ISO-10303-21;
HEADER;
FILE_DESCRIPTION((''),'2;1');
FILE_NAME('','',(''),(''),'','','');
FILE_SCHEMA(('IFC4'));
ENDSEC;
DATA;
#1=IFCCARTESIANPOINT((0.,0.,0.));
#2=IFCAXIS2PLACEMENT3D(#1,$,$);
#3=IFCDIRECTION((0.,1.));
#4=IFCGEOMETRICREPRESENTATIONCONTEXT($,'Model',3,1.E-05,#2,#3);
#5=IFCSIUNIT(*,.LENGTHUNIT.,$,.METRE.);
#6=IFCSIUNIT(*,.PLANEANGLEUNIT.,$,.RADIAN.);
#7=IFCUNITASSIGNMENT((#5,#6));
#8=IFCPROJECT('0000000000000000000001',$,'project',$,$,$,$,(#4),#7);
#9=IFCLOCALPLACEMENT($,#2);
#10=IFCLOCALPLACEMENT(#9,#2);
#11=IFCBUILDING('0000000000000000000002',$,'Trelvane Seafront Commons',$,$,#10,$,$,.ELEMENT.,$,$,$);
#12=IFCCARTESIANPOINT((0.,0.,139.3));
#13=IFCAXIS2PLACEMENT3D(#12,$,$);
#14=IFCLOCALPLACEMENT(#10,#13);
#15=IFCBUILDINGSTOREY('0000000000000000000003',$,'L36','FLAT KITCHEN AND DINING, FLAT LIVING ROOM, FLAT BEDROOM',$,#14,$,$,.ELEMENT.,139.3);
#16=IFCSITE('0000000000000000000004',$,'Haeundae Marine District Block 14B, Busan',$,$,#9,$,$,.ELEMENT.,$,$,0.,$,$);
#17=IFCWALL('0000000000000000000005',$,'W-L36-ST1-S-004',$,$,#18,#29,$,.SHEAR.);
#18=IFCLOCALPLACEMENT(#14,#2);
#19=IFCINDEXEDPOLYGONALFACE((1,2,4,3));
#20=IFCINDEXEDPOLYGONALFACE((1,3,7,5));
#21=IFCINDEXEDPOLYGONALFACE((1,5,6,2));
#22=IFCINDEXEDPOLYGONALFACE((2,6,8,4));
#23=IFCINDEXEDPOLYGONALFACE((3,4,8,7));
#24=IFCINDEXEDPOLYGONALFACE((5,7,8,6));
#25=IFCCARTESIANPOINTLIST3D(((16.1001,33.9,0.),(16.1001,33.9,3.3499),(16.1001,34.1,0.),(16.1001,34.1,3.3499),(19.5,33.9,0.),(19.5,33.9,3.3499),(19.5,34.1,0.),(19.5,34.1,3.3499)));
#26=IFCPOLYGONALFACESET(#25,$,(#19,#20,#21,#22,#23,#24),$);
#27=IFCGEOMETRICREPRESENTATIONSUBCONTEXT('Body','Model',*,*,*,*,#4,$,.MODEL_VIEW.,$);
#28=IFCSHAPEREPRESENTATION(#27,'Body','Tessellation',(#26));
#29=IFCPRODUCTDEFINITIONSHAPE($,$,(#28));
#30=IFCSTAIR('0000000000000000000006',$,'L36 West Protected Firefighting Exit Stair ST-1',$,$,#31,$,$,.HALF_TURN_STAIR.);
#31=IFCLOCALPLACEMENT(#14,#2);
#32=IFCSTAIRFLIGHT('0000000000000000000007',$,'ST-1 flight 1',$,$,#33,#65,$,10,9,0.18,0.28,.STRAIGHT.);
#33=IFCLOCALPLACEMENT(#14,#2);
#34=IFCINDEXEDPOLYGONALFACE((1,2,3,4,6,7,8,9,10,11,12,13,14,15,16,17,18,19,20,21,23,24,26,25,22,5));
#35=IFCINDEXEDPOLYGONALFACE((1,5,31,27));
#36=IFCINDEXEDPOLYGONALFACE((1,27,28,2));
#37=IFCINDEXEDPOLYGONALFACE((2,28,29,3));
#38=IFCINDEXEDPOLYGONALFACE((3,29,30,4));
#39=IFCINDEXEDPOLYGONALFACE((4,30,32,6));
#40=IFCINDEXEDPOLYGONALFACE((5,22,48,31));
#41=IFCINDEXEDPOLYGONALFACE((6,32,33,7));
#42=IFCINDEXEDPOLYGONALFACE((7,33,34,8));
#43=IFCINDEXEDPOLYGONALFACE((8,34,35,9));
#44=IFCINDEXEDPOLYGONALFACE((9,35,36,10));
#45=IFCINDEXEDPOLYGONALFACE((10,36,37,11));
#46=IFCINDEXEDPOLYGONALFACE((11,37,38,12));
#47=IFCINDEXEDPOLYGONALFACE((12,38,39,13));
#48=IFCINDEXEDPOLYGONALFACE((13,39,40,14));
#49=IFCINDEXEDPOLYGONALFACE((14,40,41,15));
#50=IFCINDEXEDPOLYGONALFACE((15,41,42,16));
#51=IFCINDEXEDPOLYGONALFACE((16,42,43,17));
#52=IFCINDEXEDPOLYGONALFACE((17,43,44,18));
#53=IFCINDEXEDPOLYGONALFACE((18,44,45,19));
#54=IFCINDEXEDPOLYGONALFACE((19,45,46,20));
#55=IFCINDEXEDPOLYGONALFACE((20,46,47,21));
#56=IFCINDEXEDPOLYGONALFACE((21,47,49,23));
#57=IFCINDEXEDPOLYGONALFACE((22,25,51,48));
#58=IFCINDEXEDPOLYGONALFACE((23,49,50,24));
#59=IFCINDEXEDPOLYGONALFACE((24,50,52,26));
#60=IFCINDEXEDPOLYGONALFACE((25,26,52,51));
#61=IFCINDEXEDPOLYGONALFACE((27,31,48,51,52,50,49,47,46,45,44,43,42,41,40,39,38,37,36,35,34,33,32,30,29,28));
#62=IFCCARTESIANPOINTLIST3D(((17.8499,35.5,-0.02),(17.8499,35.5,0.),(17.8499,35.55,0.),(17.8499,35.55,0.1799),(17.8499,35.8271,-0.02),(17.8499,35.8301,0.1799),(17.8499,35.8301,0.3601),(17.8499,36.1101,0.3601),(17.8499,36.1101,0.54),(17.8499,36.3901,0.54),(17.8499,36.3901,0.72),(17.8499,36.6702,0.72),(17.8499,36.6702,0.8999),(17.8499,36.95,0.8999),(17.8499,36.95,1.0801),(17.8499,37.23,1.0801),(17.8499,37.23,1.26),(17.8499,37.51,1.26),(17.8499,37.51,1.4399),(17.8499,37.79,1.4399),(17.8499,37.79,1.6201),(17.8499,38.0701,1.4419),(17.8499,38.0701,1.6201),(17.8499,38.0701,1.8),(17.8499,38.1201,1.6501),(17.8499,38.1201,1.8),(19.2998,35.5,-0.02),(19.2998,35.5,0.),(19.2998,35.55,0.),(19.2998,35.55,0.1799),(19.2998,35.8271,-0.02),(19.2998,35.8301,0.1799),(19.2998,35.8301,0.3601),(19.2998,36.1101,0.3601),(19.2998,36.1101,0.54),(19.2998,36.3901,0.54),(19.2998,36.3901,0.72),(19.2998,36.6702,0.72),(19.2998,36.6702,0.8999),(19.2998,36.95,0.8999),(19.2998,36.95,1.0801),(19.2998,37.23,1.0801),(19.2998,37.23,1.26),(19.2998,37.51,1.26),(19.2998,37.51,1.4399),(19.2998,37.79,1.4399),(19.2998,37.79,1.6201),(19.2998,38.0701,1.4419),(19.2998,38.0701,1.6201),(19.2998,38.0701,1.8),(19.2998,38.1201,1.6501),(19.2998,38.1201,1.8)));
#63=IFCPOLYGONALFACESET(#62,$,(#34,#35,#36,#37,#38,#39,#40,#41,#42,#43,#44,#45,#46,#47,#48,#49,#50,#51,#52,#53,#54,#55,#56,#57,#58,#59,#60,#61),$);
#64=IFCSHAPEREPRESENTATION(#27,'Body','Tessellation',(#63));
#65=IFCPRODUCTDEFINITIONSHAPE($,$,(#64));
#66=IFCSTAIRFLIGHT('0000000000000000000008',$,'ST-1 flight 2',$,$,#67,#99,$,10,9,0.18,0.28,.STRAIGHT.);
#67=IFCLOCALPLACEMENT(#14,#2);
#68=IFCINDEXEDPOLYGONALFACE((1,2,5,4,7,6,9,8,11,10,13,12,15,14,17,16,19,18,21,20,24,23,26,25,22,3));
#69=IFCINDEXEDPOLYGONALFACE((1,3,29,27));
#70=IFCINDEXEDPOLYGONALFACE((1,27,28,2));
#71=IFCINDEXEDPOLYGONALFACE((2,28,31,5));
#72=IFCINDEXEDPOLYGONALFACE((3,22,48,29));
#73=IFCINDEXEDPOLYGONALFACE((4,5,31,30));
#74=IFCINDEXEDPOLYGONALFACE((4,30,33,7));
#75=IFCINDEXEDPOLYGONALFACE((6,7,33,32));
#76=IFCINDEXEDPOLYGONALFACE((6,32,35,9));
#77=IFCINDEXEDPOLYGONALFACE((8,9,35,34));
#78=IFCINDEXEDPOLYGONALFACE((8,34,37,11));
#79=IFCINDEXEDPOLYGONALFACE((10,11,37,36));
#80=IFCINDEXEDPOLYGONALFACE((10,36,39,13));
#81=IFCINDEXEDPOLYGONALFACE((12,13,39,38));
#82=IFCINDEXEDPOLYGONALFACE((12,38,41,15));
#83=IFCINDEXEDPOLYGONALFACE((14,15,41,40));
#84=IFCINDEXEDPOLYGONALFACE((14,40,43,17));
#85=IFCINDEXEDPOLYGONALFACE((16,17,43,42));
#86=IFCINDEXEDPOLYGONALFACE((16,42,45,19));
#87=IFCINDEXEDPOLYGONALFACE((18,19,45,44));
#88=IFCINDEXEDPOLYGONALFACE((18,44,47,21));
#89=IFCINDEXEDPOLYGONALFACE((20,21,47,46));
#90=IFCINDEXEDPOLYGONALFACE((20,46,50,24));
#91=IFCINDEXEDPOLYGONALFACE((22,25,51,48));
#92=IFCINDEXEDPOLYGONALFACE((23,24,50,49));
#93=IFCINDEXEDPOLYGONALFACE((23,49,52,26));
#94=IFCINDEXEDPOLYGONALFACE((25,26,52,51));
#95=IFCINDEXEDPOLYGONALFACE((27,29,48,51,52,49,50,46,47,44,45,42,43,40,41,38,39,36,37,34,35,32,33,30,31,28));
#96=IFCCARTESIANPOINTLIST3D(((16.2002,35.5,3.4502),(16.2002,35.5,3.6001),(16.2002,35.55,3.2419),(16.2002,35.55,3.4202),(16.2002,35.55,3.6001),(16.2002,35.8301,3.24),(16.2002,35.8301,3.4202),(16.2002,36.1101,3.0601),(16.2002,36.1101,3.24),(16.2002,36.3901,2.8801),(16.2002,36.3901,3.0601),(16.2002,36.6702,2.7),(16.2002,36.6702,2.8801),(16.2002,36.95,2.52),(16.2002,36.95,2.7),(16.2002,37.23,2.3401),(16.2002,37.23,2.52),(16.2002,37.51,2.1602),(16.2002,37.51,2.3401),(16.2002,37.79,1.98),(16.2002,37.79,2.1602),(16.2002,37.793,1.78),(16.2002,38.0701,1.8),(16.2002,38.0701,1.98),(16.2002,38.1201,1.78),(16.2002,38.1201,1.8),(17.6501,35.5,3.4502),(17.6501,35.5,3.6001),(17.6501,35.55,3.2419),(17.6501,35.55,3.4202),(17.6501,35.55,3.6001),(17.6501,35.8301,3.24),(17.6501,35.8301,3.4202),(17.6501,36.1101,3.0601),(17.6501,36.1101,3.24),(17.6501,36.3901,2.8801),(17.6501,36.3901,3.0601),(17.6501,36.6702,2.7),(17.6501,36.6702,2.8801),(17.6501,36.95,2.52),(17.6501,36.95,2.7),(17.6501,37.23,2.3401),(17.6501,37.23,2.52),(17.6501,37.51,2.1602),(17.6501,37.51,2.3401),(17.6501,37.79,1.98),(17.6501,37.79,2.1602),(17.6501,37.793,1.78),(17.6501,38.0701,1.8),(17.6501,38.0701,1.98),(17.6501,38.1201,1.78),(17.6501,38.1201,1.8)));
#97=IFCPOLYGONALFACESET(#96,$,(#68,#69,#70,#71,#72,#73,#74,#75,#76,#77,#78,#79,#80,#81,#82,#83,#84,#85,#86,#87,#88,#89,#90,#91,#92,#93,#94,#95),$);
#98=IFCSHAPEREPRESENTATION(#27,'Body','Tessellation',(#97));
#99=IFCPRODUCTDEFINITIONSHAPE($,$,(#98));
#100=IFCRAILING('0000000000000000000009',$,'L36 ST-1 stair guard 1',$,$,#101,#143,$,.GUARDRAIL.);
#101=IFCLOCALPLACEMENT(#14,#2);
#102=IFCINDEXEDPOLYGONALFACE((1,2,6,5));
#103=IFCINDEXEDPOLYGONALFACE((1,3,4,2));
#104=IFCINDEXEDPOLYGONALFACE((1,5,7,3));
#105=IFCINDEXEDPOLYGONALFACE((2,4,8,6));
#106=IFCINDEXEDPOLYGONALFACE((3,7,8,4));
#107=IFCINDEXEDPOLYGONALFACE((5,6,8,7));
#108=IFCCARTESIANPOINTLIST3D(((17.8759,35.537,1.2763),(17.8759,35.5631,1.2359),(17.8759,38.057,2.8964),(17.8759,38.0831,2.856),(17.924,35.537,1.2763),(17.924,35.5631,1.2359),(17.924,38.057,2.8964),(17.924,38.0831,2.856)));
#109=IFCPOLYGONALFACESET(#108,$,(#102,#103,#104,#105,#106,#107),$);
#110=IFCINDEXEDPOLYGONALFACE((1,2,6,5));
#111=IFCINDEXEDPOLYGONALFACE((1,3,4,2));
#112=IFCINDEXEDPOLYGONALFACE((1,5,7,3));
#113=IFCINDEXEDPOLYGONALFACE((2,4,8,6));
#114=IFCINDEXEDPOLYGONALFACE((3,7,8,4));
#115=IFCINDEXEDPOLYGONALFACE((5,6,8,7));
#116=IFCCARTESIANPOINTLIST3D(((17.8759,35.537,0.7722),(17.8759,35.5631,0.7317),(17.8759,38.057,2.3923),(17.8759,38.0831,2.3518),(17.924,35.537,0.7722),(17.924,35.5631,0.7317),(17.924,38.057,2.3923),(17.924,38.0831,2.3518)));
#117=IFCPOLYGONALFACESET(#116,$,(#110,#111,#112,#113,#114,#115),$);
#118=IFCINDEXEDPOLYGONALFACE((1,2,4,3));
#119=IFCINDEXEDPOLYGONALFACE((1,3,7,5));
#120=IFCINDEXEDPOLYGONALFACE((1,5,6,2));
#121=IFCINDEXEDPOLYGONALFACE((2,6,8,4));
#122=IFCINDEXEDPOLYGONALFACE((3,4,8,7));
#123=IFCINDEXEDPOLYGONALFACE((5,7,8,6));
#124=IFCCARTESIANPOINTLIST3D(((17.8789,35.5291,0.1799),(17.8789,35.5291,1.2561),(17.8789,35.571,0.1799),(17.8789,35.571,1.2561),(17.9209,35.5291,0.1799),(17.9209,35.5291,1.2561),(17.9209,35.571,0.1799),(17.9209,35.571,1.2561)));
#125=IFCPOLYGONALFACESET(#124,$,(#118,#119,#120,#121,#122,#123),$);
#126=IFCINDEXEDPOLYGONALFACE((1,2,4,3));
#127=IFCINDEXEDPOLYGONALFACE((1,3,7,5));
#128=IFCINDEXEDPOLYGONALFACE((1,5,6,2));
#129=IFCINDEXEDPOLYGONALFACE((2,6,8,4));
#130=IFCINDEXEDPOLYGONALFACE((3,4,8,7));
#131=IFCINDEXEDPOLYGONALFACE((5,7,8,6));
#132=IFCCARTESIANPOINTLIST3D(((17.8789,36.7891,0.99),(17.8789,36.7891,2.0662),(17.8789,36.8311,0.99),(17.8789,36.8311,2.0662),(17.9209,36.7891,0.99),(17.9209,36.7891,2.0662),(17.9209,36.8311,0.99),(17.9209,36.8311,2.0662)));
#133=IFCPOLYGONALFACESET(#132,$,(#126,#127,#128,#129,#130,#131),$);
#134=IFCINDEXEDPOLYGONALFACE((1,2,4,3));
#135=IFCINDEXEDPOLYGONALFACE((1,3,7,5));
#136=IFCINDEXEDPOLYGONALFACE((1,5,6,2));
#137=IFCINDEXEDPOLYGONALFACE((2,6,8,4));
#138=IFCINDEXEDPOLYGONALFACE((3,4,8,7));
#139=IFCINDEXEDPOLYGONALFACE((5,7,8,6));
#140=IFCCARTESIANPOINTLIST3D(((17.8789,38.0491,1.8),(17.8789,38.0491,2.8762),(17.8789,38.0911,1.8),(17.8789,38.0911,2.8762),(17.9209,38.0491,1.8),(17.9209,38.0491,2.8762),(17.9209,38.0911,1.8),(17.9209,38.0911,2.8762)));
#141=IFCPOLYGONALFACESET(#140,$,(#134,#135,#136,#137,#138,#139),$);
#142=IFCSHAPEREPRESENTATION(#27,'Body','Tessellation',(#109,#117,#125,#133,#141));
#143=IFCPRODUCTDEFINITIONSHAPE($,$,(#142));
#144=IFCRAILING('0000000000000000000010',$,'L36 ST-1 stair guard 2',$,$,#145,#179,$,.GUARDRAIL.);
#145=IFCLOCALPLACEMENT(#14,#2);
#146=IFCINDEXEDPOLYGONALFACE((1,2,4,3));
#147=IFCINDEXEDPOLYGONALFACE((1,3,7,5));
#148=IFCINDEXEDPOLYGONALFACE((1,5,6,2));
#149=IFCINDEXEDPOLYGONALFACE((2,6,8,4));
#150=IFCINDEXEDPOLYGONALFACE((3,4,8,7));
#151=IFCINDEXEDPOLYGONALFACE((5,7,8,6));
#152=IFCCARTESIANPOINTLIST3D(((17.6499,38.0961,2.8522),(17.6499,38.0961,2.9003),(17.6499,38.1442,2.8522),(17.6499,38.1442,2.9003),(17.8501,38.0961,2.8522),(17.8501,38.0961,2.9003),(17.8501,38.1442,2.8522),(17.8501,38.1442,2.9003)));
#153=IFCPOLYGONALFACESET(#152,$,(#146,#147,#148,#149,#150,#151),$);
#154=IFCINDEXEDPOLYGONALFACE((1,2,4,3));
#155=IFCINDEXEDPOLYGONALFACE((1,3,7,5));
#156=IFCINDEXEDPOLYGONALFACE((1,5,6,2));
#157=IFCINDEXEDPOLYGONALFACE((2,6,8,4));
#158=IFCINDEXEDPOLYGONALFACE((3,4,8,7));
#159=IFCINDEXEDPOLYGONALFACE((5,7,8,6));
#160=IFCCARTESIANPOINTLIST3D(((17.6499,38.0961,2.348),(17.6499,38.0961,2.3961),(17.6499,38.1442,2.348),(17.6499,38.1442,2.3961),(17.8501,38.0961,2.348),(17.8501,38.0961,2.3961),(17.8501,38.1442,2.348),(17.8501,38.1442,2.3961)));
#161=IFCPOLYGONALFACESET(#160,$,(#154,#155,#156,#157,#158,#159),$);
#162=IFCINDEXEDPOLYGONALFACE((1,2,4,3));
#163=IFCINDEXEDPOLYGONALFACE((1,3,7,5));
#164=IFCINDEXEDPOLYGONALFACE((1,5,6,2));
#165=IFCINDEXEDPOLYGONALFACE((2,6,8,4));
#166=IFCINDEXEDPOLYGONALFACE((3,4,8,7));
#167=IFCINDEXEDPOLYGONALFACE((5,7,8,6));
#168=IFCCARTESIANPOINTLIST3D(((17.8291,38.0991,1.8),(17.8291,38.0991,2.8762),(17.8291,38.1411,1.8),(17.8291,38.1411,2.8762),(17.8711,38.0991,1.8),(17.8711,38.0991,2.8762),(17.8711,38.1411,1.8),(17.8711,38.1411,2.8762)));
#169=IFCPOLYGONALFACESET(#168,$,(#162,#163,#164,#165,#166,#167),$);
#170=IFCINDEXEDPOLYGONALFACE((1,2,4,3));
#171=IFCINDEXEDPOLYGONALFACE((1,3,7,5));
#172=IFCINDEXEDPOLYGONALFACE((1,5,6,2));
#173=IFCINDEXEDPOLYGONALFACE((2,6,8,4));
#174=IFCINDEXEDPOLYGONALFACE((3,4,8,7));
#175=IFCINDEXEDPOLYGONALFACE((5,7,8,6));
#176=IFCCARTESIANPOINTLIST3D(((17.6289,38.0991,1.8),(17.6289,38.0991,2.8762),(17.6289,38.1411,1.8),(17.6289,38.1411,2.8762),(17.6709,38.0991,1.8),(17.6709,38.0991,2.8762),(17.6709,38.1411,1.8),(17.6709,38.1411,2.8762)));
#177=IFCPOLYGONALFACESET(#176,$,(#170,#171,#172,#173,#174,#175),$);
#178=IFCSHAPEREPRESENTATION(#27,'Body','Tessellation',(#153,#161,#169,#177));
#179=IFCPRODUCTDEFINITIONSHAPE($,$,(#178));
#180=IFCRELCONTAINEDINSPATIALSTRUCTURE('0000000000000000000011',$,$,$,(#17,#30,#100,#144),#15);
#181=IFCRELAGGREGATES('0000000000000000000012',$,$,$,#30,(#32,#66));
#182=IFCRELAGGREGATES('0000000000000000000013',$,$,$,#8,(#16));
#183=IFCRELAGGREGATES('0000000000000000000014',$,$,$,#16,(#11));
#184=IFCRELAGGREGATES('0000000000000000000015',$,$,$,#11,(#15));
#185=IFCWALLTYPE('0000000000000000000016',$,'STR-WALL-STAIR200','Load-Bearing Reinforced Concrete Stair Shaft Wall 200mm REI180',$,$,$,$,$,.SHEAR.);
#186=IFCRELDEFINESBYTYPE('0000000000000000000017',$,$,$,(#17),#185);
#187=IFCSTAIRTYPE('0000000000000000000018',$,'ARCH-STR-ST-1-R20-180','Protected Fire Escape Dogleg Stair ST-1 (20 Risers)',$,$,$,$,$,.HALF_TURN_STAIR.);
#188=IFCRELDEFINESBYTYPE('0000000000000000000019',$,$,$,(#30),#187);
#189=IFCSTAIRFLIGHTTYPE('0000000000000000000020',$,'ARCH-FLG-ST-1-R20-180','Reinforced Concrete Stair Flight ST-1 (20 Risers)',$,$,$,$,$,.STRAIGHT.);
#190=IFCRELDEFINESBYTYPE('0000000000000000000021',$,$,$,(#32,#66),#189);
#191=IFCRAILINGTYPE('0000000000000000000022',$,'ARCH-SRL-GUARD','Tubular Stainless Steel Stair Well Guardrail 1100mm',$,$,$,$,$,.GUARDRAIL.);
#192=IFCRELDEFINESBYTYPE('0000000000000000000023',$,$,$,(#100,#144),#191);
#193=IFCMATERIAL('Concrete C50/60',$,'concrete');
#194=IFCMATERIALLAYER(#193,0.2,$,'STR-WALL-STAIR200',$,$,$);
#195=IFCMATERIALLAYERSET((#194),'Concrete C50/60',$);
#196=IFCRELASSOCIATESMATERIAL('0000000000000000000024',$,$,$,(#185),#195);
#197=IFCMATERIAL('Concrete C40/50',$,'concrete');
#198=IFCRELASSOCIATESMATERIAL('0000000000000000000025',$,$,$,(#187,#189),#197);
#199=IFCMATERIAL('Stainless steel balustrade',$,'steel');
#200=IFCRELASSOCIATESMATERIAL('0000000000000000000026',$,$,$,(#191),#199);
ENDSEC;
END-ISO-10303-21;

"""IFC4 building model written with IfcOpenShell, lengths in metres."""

from ifc_helpers import new_model, si_unit, direction, frame, frame_2d, origin, origin_2d, place, context, subcontext, project, spatial, polyline, rectangle, outline, extrude, source, transform, mapped, material, layer, layer_set, type_object, element, aggregate, save


model = new_model("IFC4")

# Units and contexts
model_context = context("Model", 3, precision=1e-05, world=origin(), true_north=direction((0.0, 1.0)))
body_context = subcontext(model_context, "Body", "Model", "MODEL_VIEW")
ifc_project = project(units=[si_unit("LENGTHUNIT", "METRE"), si_unit("PLANEANGLEUNIT", "RADIAN")], contexts=[model_context])

# Site, building, storey
site_placement = place(None, origin())
site = spatial("IfcSite", under=ifc_project, at=site_placement, Name="Haeundae Marine District Block 14B, Busan", CompositionType="ELEMENT", RefElevation=0.0)
building_placement = place(site_placement, origin())
building = spatial("IfcBuilding", under=site, at=building_placement, Name="Trelvane Seafront Commons", CompositionType="ELEMENT")
storey_placement = place(building_placement, frame((0.0, 0.0, 139.3)))
storey = spatial("IfcBuildingStorey", under=building, at=storey_placement, Name="L36", Description="FLAT KITCHEN AND DINING, FLAT LIVING ROOM, FLAT BEDROOM", CompositionType="ELEMENT", Elevation=139.3)

# Shared definitions
ifc_material_1 = material(Name="Concrete C40/50", Category="concrete")
ifc_material_2 = material(Name="Stainless steel balustrade", Category="steel")

# Wall
ifc_material_3 = material(Name="Concrete C50/60", Category="concrete")
ifc_layer_1 = layer(ifc_material_3, 0.2, Name="STR-WALL-STAIR200")
ifc_layer_set_1 = layer_set([ifc_layer_1], Name="Concrete C50/60")
wall_type_1 = type_object("IfcWallType", Name="STR-WALL-STAIR200", Description="Load-Bearing Reinforced Concrete Stair Shaft Wall 200mm REI180", PredefinedType="SHEAR", material=ifc_layer_set_1)
wall_1_placement = place(storey_placement, frame((16.1001, 34.0, 0.0), z_axis=(0.0, 0.0, 1.0), x_axis=(1.0, 0.0, 0.0)))
element("IfcWall", 1, at=wall_1_placement, inside=storey, type_object=wall_type_1, Name="W-L36-ST1-S-004", PredefinedType="SHEAR", context=body_context, shape_type="SweptSolid", body=[
    extrude(rectangle(XDim=3.3999, YDim=0.2, at=frame_2d((1.7, 0.0))), origin(), (0.0, 0.0, 1.0), 3.3499),
])

# Stair, stair flights
stair_type = type_object("IfcStairType", Name="ARCH-STR-ST-1-R20-180", Description="Protected Fire Escape Dogleg Stair ST-1 (20 Risers)", PredefinedType="HALF_TURN_STAIR", material=ifc_material_1)
stair_placement = place(storey_placement, origin())
stair = element("IfcStair", 2, at=stair_placement, inside=storey, type_object=stair_type, Name="L36 West Protected Firefighting Exit Stair ST-1", PredefinedType="HALF_TURN_STAIR")
stair_flight_type = type_object("IfcStairFlightType", Name="ARCH-FLG-ST-1-R20-180", Description="Reinforced Concrete Stair Flight ST-1 (20 Risers)", PredefinedType="STRAIGHT", material=ifc_material_1)
shared_shape_1 = source(origin(), body_context, "Body", "SweptSolid", [
    extrude(outline(polyline([(-0.05, -0.02), (-0.05, 0.0), (0.0, 0.0), (0.0, 0.1799), (0.28, 0.1799), (0.28, 0.3601), (0.5601, 0.3601), (0.5601, 0.54), (0.8401, 0.54), (0.8401, 0.72), (1.1201, 0.72), (1.1201, 0.8999), (1.3999, 0.8999), (1.3999, 1.0801), (1.6799, 1.0801), (1.6799, 1.26), (1.96, 1.26), (1.96, 1.4399), (2.24, 1.4399), (2.24, 1.6201), (2.52, 1.6201), (2.52, 1.8), (2.5701, 1.8), (2.5701, 1.6501), (2.52, 1.4419), (0.2771, -0.02), (-0.05, -0.02)])), frame((0.0, 0.7251, 0.0), z_axis=(0.0, -1.0, 0.0), x_axis=(1.0, 0.0, 0.0)), (0.0, 0.0, 1.0), 1.45),
])
stair_flight_1_placement = place(storey_placement, frame((18.575, 35.55, 0.0), z_axis=(0.0, 0.0, 1.0), x_axis=(0.0, 1.0, 0.0)))
stair_flight_1 = element("IfcStairFlight", 3, at=stair_flight_1_placement, type_object=stair_flight_type, Name="ST-1 flight 1", NumberOfRisers=10, NumberOfTreads=9, PredefinedType="STRAIGHT", RiserHeight=0.18, TreadLength=0.28, context=body_context, shape_type="MappedRepresentation", body=[
    mapped(shared_shape_1, transform((0.0, 0.0, 0.0), x_axis=(1.0, 0.0, 0.0), y_axis=(0.0, 1.0, 0.0), z_axis=(0.0, 0.0, 1.0), scale=1.0)),
])
stair_flight_2_placement = place(storey_placement, frame((16.925, 38.0701, 1.8), z_axis=(0.0, 0.0, 1.0), x_axis=(0.0, -1.0, 0.0)))
stair_flight_2 = element("IfcStairFlight", 4, at=stair_flight_2_placement, type_object=stair_flight_type, Name="ST-1 flight 2", NumberOfRisers=10, NumberOfTreads=9, PredefinedType="STRAIGHT", RiserHeight=0.18, TreadLength=0.28, context=body_context, shape_type="MappedRepresentation", body=[
    mapped(shared_shape_1, transform((0.0, 0.0, 0.0), x_axis=(1.0, 0.0, 0.0), y_axis=(0.0, 1.0, 0.0), z_axis=(0.0, 0.0, 1.0), scale=1.0)),
])
aggregate(stair, [stair_flight_1, stair_flight_2])

# Railings
railing_type_1 = type_object("IfcRailingType", Name="ARCH-SRL-GUARD", Description="Tubular Stainless Steel Stair Well Guardrail 1100mm", PredefinedType="GUARDRAIL", material=ifc_material_2)
railing_1_placement = place(storey_placement, frame((17.8999, 35.55, 0.1799)))
element("IfcRailing", 5, at=railing_1_placement, inside=storey, type_object=railing_type_1, Name="L36 ST-1 stair guard 1", PredefinedType="GUARDRAIL", context=body_context, shape_type="SweptSolid", body=[
    extrude(rectangle(XDim=0.0481, YDim=0.0481, at=origin_2d()), frame((0.0, 0.0, 1.0762), z_axis=(0.0, 0.841163, 0.540782), x_axis=(-1.0, 0.0, 0.0)), (0.0, 0.0, 1.0), 2.9958),
    extrude(rectangle(XDim=0.0481, YDim=0.0481, at=origin_2d()), frame((0.0, 0.0, 0.572), z_axis=(0.0, 0.841163, 0.540782), x_axis=(-1.0, 0.0, 0.0)), (0.0, 0.0, 1.0), 2.9958),
    extrude(rectangle(XDim=0.042, YDim=0.042, at=origin_2d()), origin(), (0.0, 0.0, 1.0), 1.0762),
    extrude(rectangle(XDim=0.042, YDim=0.042, at=origin_2d()), frame((0.0, 1.26, 0.8101)), (0.0, 0.0, 1.0), 1.0762),
    extrude(rectangle(XDim=0.042, YDim=0.042, at=origin_2d()), frame((0.0, 2.52, 1.6201)), (0.0, 0.0, 1.0), 1.0762),
])
railing_2_placement = place(storey_placement, frame((17.8501, 38.1201, 1.8)))
element("IfcRailing", 6, at=railing_2_placement, inside=storey, type_object=railing_type_1, Name="L36 ST-1 stair guard 2", PredefinedType="GUARDRAIL", context=body_context, shape_type="SweptSolid", body=[
    extrude(rectangle(XDim=0.0481, YDim=0.0481, at=origin_2d()), frame((0.0, 0.0, 1.0762), z_axis=(-1.0, 0.0, 0.0), x_axis=(0.0, -1.0, 0.0)), (0.0, 0.0, 1.0), 0.2002),
    extrude(rectangle(XDim=0.0481, YDim=0.0481, at=origin_2d()), frame((0.0, 0.0, 0.572), z_axis=(-1.0, 0.0, 0.0), x_axis=(0.0, -1.0, 0.0)), (0.0, 0.0, 1.0), 0.2002),
    extrude(rectangle(XDim=0.042, YDim=0.042, at=origin_2d()), origin(), (0.0, 0.0, 1.0), 1.0762),
    extrude(rectangle(XDim=0.042, YDim=0.042, at=origin_2d()), frame((-0.2002, 0.0, 0.0)), (0.0, 0.0, 1.0), 1.0762),
])

save(model, "model.ifc")
